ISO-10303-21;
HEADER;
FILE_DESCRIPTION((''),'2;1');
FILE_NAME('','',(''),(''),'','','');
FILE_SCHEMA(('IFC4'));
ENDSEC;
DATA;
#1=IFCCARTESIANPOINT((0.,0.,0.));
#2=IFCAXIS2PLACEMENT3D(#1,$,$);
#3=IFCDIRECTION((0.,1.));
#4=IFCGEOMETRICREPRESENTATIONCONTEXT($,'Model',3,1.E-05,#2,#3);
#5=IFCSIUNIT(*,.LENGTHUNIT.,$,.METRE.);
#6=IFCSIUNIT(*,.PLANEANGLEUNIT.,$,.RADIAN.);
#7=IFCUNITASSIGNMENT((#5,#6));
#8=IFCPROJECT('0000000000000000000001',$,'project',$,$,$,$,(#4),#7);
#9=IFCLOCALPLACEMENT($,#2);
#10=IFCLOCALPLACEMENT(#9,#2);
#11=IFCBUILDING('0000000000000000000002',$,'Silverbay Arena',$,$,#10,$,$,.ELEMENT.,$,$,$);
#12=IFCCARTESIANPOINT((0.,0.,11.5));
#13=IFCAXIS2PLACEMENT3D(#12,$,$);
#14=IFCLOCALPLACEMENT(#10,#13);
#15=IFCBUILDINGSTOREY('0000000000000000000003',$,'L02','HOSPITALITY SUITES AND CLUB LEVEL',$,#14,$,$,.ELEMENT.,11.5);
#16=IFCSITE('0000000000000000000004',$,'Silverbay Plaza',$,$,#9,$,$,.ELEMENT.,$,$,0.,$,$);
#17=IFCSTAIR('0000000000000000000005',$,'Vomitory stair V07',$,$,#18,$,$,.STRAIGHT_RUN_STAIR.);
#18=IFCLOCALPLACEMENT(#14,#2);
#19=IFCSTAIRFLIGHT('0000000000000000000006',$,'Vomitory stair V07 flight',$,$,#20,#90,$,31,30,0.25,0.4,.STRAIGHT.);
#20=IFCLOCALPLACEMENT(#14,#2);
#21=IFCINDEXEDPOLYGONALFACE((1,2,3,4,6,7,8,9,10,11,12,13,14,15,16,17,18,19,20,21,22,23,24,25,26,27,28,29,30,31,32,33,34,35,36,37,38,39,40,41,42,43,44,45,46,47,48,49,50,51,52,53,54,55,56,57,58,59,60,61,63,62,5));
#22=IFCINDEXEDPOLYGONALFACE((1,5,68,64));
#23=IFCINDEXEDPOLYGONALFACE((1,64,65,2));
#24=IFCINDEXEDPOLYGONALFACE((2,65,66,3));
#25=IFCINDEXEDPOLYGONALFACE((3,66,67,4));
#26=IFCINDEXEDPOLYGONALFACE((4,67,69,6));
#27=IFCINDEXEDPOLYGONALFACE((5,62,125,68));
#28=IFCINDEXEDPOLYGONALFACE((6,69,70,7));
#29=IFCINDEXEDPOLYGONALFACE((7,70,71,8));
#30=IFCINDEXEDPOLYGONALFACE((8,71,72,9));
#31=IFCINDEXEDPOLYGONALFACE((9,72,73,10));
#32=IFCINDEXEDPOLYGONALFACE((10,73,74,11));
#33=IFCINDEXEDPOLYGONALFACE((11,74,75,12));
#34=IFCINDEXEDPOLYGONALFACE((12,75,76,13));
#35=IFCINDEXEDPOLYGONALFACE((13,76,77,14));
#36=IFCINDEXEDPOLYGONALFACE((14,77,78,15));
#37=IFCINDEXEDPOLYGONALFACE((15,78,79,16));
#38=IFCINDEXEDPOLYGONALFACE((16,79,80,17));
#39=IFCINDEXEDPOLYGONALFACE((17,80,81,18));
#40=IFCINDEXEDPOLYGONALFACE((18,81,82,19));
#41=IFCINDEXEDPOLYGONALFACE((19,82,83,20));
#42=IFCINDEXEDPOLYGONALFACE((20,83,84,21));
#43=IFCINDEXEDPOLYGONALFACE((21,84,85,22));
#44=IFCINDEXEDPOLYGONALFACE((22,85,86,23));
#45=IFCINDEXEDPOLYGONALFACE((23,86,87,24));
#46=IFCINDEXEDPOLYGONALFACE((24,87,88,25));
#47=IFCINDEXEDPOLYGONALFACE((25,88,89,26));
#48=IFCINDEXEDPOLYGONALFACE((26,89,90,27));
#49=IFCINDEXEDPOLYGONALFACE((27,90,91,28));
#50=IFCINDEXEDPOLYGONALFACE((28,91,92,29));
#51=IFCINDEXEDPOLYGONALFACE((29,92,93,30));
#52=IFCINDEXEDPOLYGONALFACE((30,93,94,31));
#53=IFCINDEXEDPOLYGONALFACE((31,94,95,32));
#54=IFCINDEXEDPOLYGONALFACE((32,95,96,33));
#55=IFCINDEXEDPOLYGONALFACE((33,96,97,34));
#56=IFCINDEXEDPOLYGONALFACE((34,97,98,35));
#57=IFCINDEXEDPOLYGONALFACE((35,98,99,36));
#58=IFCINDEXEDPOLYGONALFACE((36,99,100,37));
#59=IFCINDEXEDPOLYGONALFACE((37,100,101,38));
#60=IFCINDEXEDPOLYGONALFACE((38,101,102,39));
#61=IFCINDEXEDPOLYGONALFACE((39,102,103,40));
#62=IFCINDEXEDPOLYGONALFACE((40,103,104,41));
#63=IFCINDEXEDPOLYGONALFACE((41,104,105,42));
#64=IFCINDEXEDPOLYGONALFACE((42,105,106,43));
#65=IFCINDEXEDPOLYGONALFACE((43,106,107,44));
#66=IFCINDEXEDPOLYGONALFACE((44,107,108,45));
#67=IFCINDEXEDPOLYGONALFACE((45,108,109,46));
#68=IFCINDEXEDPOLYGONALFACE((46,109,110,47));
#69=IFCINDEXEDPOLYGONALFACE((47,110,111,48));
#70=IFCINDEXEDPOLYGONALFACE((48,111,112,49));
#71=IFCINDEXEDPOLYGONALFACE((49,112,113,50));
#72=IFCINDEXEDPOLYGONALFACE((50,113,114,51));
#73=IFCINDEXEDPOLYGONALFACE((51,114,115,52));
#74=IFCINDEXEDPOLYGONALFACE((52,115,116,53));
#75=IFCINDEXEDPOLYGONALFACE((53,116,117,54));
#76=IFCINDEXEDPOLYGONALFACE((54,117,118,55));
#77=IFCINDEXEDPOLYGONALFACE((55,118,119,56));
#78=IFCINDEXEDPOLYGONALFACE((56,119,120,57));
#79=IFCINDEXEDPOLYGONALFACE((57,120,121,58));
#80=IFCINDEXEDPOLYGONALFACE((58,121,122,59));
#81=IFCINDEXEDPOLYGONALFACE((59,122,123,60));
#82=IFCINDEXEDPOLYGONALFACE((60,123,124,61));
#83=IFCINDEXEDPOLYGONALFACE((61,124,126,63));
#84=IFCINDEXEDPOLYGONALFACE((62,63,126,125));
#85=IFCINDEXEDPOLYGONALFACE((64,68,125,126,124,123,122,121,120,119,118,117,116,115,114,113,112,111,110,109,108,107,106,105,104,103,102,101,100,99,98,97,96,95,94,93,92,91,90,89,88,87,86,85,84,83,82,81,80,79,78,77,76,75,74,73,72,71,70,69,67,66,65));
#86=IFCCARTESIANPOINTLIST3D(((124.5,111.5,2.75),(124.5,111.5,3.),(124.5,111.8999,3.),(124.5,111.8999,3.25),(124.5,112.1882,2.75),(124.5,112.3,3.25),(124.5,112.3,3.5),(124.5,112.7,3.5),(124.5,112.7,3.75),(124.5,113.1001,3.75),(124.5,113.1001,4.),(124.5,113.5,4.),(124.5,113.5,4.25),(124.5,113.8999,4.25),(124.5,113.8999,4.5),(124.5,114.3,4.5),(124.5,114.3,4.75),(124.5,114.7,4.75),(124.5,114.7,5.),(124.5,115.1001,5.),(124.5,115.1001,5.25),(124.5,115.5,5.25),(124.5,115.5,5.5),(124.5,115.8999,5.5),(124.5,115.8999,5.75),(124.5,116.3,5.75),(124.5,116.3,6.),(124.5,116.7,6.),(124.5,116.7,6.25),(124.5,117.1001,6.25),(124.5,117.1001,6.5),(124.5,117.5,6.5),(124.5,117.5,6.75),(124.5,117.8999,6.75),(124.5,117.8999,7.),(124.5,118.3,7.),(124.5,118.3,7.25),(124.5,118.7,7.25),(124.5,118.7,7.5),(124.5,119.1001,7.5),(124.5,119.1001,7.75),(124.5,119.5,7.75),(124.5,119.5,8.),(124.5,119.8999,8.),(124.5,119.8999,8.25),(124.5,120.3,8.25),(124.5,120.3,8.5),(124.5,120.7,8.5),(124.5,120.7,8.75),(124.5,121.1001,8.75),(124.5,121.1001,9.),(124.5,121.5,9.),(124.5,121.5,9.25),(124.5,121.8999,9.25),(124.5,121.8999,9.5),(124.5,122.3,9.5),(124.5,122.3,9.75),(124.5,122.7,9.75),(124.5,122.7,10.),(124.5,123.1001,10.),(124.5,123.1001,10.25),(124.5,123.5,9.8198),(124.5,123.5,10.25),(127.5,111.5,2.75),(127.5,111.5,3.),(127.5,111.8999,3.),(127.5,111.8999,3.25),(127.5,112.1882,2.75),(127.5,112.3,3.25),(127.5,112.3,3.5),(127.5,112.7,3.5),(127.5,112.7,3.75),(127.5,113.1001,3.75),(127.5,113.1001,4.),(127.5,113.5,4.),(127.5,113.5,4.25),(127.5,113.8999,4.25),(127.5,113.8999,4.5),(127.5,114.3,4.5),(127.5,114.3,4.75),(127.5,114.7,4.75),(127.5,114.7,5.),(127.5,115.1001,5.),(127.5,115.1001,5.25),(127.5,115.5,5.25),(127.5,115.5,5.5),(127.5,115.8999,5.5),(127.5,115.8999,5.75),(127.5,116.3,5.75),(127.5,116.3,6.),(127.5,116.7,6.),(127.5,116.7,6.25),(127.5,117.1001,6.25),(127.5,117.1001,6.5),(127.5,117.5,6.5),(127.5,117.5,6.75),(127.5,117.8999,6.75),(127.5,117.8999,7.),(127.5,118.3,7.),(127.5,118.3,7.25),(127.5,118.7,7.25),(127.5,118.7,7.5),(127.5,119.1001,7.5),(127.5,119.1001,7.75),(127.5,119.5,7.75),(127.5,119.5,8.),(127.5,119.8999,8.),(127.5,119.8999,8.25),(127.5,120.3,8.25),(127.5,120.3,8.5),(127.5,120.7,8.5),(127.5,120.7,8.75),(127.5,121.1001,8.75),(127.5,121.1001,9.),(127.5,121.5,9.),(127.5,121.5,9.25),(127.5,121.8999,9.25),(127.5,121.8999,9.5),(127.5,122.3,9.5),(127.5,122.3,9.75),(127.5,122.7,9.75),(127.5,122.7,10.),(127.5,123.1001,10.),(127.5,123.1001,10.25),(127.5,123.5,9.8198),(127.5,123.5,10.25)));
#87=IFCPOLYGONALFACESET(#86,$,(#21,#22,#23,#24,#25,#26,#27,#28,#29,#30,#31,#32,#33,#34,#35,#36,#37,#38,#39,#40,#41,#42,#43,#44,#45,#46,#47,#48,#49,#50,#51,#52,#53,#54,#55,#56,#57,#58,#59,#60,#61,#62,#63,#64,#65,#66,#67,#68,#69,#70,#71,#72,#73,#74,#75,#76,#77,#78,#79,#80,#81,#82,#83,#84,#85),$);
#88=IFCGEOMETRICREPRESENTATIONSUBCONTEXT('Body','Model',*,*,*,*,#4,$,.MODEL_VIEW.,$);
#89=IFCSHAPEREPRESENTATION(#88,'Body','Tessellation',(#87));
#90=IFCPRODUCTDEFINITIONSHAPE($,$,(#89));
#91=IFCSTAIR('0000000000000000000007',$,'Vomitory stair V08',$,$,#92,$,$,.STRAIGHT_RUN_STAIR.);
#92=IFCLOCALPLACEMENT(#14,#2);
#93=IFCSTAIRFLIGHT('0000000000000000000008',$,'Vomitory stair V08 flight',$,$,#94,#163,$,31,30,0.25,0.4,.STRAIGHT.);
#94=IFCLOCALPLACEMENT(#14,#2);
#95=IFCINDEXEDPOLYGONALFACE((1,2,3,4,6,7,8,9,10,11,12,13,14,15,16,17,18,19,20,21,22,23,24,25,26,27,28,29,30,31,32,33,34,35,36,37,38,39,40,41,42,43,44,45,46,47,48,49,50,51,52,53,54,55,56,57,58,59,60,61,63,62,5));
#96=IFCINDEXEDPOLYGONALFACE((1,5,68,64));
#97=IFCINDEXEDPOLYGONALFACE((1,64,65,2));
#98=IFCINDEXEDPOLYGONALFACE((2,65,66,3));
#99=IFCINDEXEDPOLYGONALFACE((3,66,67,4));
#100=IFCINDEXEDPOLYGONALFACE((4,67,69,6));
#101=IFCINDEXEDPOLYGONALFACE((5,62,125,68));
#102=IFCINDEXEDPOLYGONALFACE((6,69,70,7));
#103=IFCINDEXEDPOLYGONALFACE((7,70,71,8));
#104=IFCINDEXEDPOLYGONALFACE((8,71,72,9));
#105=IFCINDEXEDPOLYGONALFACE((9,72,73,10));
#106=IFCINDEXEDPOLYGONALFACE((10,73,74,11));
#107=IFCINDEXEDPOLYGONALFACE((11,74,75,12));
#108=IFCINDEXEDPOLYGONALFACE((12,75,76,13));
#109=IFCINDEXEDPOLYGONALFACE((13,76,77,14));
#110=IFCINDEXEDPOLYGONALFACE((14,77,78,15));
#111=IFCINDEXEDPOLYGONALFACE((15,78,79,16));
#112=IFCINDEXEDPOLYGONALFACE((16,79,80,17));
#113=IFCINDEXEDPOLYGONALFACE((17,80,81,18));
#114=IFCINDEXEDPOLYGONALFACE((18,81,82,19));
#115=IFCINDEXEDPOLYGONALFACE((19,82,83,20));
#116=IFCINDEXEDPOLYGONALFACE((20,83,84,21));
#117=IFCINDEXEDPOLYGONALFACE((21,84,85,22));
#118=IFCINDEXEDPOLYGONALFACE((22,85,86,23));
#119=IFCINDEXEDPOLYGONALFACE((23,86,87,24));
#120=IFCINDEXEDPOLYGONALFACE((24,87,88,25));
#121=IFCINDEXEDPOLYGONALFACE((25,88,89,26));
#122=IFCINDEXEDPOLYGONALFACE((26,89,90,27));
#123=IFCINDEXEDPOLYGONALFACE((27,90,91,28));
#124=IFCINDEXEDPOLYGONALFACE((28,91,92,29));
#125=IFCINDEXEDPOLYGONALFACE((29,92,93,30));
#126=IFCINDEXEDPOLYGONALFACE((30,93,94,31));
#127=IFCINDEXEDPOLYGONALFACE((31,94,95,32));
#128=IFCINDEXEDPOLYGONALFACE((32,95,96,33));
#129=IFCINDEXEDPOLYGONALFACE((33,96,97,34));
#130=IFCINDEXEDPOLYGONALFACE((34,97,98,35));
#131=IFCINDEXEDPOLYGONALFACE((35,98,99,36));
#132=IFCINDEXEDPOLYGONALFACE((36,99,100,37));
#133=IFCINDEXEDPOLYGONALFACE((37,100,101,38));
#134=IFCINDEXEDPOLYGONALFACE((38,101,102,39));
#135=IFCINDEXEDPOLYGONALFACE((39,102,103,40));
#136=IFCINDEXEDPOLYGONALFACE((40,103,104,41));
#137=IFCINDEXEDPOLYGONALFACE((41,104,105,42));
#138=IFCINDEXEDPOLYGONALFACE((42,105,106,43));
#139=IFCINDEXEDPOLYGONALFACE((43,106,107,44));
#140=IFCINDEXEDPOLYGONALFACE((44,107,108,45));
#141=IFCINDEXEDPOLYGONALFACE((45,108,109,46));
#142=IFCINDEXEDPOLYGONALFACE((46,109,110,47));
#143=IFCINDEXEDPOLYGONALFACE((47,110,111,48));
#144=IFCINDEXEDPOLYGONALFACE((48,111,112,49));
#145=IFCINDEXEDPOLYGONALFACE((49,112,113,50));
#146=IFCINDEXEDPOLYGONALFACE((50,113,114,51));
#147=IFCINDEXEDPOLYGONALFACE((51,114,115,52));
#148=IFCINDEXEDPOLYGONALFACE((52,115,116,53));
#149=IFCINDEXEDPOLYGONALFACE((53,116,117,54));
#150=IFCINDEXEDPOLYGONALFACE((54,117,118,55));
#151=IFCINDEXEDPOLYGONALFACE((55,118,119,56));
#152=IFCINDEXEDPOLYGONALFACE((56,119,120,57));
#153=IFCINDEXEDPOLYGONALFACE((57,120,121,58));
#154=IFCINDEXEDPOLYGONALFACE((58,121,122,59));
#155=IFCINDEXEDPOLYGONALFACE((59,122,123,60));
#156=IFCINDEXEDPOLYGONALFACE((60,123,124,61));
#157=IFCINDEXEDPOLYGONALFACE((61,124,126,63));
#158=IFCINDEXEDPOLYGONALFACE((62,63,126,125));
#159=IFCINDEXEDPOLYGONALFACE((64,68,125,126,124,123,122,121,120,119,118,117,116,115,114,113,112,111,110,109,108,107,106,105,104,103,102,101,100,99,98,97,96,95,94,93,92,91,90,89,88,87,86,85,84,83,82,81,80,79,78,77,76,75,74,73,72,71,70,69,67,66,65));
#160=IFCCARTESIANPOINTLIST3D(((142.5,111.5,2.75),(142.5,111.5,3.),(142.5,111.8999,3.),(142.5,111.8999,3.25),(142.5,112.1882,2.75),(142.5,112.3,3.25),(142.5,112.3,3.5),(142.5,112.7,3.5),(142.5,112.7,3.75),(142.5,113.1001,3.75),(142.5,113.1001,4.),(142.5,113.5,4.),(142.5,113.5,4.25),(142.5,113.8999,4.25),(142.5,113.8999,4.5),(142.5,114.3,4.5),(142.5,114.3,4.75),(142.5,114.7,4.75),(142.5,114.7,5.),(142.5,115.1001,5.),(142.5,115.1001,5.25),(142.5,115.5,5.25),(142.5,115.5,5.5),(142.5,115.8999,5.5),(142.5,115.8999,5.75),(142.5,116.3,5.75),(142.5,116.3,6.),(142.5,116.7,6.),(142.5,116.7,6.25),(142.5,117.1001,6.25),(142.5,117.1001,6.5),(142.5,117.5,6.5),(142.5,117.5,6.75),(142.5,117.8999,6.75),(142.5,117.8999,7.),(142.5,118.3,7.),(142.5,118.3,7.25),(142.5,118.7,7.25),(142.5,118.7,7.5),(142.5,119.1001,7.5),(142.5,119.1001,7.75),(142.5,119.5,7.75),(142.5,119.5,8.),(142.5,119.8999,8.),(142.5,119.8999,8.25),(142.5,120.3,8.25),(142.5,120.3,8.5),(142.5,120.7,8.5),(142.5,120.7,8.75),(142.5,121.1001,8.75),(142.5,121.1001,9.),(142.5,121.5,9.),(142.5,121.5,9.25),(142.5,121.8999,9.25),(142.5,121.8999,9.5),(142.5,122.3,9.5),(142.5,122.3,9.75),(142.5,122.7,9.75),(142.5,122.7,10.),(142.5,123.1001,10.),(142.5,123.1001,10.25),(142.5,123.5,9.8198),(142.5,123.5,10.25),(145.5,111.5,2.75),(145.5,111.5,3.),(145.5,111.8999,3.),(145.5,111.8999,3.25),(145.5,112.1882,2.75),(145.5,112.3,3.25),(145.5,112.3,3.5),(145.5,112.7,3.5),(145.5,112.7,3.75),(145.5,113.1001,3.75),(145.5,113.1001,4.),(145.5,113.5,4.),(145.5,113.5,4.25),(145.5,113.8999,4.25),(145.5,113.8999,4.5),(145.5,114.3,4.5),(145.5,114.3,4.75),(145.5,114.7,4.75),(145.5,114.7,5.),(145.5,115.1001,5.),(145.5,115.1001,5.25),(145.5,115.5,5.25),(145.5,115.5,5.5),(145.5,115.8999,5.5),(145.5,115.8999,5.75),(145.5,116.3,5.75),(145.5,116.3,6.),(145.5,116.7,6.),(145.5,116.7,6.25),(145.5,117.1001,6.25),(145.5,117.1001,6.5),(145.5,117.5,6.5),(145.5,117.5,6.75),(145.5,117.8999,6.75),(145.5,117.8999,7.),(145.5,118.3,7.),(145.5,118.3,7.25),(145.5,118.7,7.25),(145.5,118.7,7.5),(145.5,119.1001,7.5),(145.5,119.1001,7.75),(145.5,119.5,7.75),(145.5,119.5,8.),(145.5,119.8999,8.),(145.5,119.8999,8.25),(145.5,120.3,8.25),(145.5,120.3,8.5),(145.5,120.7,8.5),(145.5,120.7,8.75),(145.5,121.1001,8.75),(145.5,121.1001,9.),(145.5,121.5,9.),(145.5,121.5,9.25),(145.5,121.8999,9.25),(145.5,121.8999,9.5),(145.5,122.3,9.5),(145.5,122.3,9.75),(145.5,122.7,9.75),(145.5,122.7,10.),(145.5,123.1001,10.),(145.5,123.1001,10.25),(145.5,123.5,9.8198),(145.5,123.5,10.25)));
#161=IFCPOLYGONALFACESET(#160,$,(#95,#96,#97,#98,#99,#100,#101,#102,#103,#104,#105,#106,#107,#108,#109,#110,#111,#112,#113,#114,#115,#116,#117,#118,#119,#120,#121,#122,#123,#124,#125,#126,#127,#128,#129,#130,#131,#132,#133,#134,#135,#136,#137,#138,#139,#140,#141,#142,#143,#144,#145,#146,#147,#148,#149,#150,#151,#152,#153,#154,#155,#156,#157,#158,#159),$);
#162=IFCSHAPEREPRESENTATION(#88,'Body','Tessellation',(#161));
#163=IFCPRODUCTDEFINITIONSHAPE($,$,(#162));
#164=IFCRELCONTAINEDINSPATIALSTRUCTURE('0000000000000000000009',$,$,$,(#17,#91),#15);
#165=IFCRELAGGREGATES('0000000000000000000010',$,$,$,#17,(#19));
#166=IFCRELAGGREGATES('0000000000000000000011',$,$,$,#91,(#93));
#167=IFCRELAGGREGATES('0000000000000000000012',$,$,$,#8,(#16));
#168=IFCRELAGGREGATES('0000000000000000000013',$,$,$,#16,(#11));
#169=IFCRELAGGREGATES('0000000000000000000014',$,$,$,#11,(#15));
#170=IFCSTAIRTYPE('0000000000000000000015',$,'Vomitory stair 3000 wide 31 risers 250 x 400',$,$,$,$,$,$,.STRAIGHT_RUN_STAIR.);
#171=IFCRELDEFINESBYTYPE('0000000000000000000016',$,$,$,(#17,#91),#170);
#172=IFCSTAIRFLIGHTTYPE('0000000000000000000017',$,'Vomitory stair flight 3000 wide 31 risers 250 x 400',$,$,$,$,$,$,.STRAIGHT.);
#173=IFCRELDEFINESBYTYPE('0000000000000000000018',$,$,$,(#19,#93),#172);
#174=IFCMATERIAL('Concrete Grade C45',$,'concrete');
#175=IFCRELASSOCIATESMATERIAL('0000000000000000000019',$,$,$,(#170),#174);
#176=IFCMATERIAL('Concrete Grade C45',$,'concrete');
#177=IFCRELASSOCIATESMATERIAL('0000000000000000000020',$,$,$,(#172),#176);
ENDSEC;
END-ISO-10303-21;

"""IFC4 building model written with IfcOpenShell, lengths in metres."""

from ifc_helpers import new_model, si_unit, direction, frame, origin, place, context, subcontext, project, spatial, polyline, outline, extrude, material, type_object, element, aggregate, save


model = new_model("IFC4")

# Units and contexts
model_context = context("Model", 3, precision=1e-05, world=origin(), true_north=direction((0.0, 1.0)))
body_context = subcontext(model_context, "Body", "Model", "MODEL_VIEW")
ifc_project = project(units=[si_unit("LENGTHUNIT", "METRE"), si_unit("PLANEANGLEUNIT", "RADIAN")], contexts=[model_context])

# Site, building, storey
site_placement = place(None, origin())
site = spatial("IfcSite", under=ifc_project, at=site_placement, Name="Silverbay Plaza", CompositionType="ELEMENT", RefElevation=0.0)
building_placement = place(site_placement, origin())
building = spatial("IfcBuilding", under=site, at=building_placement, Name="Silverbay Arena", CompositionType="ELEMENT")
storey_placement = place(building_placement, frame((0.0, 0.0, 11.5)))
storey = spatial("IfcBuildingStorey", under=building, at=storey_placement, Name="L02", Description="HOSPITALITY SUITES AND CLUB LEVEL", CompositionType="ELEMENT", Elevation=11.5)

# Stairs, stair flights
ifc_material_1 = material(Name="Concrete Grade C45", Category="concrete")
stair_type = type_object("IfcStairType", Name="Vomitory stair 3000 wide 31 risers 250 x 400", PredefinedType="STRAIGHT_RUN_STAIR", material=ifc_material_1)
stair_1_placement = place(storey_placement, origin())
stair_1 = element("IfcStair", 1, at=stair_1_placement, inside=storey, type_object=stair_type, Name="Vomitory stair V07", PredefinedType="STRAIGHT_RUN_STAIR")
ifc_material_2 = material(Name="Concrete Grade C45", Category="concrete")
stair_flight_type = type_object("IfcStairFlightType", Name="Vomitory stair flight 3000 wide 31 risers 250 x 400", PredefinedType="STRAIGHT", material=ifc_material_2)
stair_flight_1_placement = place(storey_placement, frame((126.0, 111.5, 2.75), z_axis=(0.0, 0.0, 1.0), x_axis=(0.0, 1.0, 0.0)))
stair_flight_1 = element("IfcStairFlight", 2, at=stair_flight_1_placement, type_object=stair_flight_type, Name="Vomitory stair V07 flight", NumberOfRisers=31, NumberOfTreads=30, PredefinedType="STRAIGHT", RiserHeight=0.25, TreadLength=0.4, context=body_context, shape_type="SweptSolid", body=[
    extrude(outline(polyline([(0.0, 0.0), (0.0, 0.25), (0.3999, 0.25), (0.3999, 0.5), (0.8, 0.5), (0.8, 0.75), (1.2, 0.75), (1.2, 1.0), (1.6001, 1.0), (1.6001, 1.25), (2.0, 1.25), (2.0, 1.5), (2.3999, 1.5), (2.3999, 1.75), (2.8, 1.75), (2.8, 2.0), (3.2, 2.0), (3.2, 2.25), (3.6001, 2.25), (3.6001, 2.5), (4.0, 2.5), (4.0, 2.75), (4.3999, 2.75), (4.3999, 3.0), (4.8, 3.0), (4.8, 3.25), (5.2, 3.25), (5.2, 3.5), (5.6001, 3.5), (5.6001, 3.75), (6.0, 3.75), (6.0, 4.0), (6.3999, 4.0), (6.3999, 4.25), (6.8, 4.25), (6.8, 4.5), (7.2, 4.5), (7.2, 4.75), (7.6001, 4.75), (7.6001, 5.0), (8.0, 5.0), (8.0, 5.25), (8.3999, 5.25), (8.3999, 5.5), (8.8, 5.5), (8.8, 5.75), (9.2, 5.75), (9.2, 6.0), (9.6001, 6.0), (9.6001, 6.25), (10.0, 6.25), (10.0, 6.5), (10.3999, 6.5), (10.3999, 6.75), (10.8, 6.75), (10.8, 7.0), (11.2, 7.0), (11.2, 7.25), (11.6001, 7.25), (11.6001, 7.5), (12.0, 7.5), (12.0, 7.0698), (0.6882, 0.0), (0.0, 0.0)])), frame((0.0, 1.5, 0.0), z_axis=(0.0, -1.0, 0.0), x_axis=(1.0, 0.0, 0.0)), (0.0, 0.0, 1.0), 3.0),
])
aggregate(stair_1, [stair_flight_1])
stair_2_placement = place(storey_placement, origin())
stair_2 = element("IfcStair", 3, at=stair_2_placement, inside=storey, type_object=stair_type, Name="Vomitory stair V08", PredefinedType="STRAIGHT_RUN_STAIR")
stair_flight_2_placement = place(storey_placement, frame((144.0, 111.5, 2.75), z_axis=(0.0, 0.0, 1.0), x_axis=(0.0, 1.0, 0.0)))
stair_flight_2 = element("IfcStairFlight", 4, at=stair_flight_2_placement, type_object=stair_flight_type, Name="Vomitory stair V08 flight", NumberOfRisers=31, NumberOfTreads=30, PredefinedType="STRAIGHT", RiserHeight=0.25, TreadLength=0.4, context=body_context, shape_type="SweptSolid", body=[
    extrude(outline(polyline([(0.0, 0.0), (0.0, 0.25), (0.3999, 0.25), (0.3999, 0.5), (0.8, 0.5), (0.8, 0.75), (1.2, 0.75), (1.2, 1.0), (1.6001, 1.0), (1.6001, 1.25), (2.0, 1.25), (2.0, 1.5), (2.3999, 1.5), (2.3999, 1.75), (2.8, 1.75), (2.8, 2.0), (3.2, 2.0), (3.2, 2.25), (3.6001, 2.25), (3.6001, 2.5), (4.0, 2.5), (4.0, 2.75), (4.3999, 2.75), (4.3999, 3.0), (4.8, 3.0), (4.8, 3.25), (5.2, 3.25), (5.2, 3.5), (5.6001, 3.5), (5.6001, 3.75), (6.0, 3.75), (6.0, 4.0), (6.3999, 4.0), (6.3999, 4.25), (6.8, 4.25), (6.8, 4.5), (7.2, 4.5), (7.2, 4.75), (7.6001, 4.75), (7.6001, 5.0), (8.0, 5.0), (8.0, 5.25), (8.3999, 5.25), (8.3999, 5.5), (8.8, 5.5), (8.8, 5.75), (9.2, 5.75), (9.2, 6.0), (9.6001, 6.0), (9.6001, 6.25), (10.0, 6.25), (10.0, 6.5), (10.3999, 6.5), (10.3999, 6.75), (10.8, 6.75), (10.8, 7.0), (11.2, 7.0), (11.2, 7.25), (11.6001, 7.25), (11.6001, 7.5), (12.0, 7.5), (12.0, 7.0698), (0.6882, 0.0), (0.0, 0.0)])), frame((0.0, 1.5, 0.0), z_axis=(0.0, -1.0, 0.0), x_axis=(1.0, 0.0, 0.0)), (0.0, 0.0, 1.0), 3.0),
])
aggregate(stair_2, [stair_flight_2])

save(model, "model.ifc")
